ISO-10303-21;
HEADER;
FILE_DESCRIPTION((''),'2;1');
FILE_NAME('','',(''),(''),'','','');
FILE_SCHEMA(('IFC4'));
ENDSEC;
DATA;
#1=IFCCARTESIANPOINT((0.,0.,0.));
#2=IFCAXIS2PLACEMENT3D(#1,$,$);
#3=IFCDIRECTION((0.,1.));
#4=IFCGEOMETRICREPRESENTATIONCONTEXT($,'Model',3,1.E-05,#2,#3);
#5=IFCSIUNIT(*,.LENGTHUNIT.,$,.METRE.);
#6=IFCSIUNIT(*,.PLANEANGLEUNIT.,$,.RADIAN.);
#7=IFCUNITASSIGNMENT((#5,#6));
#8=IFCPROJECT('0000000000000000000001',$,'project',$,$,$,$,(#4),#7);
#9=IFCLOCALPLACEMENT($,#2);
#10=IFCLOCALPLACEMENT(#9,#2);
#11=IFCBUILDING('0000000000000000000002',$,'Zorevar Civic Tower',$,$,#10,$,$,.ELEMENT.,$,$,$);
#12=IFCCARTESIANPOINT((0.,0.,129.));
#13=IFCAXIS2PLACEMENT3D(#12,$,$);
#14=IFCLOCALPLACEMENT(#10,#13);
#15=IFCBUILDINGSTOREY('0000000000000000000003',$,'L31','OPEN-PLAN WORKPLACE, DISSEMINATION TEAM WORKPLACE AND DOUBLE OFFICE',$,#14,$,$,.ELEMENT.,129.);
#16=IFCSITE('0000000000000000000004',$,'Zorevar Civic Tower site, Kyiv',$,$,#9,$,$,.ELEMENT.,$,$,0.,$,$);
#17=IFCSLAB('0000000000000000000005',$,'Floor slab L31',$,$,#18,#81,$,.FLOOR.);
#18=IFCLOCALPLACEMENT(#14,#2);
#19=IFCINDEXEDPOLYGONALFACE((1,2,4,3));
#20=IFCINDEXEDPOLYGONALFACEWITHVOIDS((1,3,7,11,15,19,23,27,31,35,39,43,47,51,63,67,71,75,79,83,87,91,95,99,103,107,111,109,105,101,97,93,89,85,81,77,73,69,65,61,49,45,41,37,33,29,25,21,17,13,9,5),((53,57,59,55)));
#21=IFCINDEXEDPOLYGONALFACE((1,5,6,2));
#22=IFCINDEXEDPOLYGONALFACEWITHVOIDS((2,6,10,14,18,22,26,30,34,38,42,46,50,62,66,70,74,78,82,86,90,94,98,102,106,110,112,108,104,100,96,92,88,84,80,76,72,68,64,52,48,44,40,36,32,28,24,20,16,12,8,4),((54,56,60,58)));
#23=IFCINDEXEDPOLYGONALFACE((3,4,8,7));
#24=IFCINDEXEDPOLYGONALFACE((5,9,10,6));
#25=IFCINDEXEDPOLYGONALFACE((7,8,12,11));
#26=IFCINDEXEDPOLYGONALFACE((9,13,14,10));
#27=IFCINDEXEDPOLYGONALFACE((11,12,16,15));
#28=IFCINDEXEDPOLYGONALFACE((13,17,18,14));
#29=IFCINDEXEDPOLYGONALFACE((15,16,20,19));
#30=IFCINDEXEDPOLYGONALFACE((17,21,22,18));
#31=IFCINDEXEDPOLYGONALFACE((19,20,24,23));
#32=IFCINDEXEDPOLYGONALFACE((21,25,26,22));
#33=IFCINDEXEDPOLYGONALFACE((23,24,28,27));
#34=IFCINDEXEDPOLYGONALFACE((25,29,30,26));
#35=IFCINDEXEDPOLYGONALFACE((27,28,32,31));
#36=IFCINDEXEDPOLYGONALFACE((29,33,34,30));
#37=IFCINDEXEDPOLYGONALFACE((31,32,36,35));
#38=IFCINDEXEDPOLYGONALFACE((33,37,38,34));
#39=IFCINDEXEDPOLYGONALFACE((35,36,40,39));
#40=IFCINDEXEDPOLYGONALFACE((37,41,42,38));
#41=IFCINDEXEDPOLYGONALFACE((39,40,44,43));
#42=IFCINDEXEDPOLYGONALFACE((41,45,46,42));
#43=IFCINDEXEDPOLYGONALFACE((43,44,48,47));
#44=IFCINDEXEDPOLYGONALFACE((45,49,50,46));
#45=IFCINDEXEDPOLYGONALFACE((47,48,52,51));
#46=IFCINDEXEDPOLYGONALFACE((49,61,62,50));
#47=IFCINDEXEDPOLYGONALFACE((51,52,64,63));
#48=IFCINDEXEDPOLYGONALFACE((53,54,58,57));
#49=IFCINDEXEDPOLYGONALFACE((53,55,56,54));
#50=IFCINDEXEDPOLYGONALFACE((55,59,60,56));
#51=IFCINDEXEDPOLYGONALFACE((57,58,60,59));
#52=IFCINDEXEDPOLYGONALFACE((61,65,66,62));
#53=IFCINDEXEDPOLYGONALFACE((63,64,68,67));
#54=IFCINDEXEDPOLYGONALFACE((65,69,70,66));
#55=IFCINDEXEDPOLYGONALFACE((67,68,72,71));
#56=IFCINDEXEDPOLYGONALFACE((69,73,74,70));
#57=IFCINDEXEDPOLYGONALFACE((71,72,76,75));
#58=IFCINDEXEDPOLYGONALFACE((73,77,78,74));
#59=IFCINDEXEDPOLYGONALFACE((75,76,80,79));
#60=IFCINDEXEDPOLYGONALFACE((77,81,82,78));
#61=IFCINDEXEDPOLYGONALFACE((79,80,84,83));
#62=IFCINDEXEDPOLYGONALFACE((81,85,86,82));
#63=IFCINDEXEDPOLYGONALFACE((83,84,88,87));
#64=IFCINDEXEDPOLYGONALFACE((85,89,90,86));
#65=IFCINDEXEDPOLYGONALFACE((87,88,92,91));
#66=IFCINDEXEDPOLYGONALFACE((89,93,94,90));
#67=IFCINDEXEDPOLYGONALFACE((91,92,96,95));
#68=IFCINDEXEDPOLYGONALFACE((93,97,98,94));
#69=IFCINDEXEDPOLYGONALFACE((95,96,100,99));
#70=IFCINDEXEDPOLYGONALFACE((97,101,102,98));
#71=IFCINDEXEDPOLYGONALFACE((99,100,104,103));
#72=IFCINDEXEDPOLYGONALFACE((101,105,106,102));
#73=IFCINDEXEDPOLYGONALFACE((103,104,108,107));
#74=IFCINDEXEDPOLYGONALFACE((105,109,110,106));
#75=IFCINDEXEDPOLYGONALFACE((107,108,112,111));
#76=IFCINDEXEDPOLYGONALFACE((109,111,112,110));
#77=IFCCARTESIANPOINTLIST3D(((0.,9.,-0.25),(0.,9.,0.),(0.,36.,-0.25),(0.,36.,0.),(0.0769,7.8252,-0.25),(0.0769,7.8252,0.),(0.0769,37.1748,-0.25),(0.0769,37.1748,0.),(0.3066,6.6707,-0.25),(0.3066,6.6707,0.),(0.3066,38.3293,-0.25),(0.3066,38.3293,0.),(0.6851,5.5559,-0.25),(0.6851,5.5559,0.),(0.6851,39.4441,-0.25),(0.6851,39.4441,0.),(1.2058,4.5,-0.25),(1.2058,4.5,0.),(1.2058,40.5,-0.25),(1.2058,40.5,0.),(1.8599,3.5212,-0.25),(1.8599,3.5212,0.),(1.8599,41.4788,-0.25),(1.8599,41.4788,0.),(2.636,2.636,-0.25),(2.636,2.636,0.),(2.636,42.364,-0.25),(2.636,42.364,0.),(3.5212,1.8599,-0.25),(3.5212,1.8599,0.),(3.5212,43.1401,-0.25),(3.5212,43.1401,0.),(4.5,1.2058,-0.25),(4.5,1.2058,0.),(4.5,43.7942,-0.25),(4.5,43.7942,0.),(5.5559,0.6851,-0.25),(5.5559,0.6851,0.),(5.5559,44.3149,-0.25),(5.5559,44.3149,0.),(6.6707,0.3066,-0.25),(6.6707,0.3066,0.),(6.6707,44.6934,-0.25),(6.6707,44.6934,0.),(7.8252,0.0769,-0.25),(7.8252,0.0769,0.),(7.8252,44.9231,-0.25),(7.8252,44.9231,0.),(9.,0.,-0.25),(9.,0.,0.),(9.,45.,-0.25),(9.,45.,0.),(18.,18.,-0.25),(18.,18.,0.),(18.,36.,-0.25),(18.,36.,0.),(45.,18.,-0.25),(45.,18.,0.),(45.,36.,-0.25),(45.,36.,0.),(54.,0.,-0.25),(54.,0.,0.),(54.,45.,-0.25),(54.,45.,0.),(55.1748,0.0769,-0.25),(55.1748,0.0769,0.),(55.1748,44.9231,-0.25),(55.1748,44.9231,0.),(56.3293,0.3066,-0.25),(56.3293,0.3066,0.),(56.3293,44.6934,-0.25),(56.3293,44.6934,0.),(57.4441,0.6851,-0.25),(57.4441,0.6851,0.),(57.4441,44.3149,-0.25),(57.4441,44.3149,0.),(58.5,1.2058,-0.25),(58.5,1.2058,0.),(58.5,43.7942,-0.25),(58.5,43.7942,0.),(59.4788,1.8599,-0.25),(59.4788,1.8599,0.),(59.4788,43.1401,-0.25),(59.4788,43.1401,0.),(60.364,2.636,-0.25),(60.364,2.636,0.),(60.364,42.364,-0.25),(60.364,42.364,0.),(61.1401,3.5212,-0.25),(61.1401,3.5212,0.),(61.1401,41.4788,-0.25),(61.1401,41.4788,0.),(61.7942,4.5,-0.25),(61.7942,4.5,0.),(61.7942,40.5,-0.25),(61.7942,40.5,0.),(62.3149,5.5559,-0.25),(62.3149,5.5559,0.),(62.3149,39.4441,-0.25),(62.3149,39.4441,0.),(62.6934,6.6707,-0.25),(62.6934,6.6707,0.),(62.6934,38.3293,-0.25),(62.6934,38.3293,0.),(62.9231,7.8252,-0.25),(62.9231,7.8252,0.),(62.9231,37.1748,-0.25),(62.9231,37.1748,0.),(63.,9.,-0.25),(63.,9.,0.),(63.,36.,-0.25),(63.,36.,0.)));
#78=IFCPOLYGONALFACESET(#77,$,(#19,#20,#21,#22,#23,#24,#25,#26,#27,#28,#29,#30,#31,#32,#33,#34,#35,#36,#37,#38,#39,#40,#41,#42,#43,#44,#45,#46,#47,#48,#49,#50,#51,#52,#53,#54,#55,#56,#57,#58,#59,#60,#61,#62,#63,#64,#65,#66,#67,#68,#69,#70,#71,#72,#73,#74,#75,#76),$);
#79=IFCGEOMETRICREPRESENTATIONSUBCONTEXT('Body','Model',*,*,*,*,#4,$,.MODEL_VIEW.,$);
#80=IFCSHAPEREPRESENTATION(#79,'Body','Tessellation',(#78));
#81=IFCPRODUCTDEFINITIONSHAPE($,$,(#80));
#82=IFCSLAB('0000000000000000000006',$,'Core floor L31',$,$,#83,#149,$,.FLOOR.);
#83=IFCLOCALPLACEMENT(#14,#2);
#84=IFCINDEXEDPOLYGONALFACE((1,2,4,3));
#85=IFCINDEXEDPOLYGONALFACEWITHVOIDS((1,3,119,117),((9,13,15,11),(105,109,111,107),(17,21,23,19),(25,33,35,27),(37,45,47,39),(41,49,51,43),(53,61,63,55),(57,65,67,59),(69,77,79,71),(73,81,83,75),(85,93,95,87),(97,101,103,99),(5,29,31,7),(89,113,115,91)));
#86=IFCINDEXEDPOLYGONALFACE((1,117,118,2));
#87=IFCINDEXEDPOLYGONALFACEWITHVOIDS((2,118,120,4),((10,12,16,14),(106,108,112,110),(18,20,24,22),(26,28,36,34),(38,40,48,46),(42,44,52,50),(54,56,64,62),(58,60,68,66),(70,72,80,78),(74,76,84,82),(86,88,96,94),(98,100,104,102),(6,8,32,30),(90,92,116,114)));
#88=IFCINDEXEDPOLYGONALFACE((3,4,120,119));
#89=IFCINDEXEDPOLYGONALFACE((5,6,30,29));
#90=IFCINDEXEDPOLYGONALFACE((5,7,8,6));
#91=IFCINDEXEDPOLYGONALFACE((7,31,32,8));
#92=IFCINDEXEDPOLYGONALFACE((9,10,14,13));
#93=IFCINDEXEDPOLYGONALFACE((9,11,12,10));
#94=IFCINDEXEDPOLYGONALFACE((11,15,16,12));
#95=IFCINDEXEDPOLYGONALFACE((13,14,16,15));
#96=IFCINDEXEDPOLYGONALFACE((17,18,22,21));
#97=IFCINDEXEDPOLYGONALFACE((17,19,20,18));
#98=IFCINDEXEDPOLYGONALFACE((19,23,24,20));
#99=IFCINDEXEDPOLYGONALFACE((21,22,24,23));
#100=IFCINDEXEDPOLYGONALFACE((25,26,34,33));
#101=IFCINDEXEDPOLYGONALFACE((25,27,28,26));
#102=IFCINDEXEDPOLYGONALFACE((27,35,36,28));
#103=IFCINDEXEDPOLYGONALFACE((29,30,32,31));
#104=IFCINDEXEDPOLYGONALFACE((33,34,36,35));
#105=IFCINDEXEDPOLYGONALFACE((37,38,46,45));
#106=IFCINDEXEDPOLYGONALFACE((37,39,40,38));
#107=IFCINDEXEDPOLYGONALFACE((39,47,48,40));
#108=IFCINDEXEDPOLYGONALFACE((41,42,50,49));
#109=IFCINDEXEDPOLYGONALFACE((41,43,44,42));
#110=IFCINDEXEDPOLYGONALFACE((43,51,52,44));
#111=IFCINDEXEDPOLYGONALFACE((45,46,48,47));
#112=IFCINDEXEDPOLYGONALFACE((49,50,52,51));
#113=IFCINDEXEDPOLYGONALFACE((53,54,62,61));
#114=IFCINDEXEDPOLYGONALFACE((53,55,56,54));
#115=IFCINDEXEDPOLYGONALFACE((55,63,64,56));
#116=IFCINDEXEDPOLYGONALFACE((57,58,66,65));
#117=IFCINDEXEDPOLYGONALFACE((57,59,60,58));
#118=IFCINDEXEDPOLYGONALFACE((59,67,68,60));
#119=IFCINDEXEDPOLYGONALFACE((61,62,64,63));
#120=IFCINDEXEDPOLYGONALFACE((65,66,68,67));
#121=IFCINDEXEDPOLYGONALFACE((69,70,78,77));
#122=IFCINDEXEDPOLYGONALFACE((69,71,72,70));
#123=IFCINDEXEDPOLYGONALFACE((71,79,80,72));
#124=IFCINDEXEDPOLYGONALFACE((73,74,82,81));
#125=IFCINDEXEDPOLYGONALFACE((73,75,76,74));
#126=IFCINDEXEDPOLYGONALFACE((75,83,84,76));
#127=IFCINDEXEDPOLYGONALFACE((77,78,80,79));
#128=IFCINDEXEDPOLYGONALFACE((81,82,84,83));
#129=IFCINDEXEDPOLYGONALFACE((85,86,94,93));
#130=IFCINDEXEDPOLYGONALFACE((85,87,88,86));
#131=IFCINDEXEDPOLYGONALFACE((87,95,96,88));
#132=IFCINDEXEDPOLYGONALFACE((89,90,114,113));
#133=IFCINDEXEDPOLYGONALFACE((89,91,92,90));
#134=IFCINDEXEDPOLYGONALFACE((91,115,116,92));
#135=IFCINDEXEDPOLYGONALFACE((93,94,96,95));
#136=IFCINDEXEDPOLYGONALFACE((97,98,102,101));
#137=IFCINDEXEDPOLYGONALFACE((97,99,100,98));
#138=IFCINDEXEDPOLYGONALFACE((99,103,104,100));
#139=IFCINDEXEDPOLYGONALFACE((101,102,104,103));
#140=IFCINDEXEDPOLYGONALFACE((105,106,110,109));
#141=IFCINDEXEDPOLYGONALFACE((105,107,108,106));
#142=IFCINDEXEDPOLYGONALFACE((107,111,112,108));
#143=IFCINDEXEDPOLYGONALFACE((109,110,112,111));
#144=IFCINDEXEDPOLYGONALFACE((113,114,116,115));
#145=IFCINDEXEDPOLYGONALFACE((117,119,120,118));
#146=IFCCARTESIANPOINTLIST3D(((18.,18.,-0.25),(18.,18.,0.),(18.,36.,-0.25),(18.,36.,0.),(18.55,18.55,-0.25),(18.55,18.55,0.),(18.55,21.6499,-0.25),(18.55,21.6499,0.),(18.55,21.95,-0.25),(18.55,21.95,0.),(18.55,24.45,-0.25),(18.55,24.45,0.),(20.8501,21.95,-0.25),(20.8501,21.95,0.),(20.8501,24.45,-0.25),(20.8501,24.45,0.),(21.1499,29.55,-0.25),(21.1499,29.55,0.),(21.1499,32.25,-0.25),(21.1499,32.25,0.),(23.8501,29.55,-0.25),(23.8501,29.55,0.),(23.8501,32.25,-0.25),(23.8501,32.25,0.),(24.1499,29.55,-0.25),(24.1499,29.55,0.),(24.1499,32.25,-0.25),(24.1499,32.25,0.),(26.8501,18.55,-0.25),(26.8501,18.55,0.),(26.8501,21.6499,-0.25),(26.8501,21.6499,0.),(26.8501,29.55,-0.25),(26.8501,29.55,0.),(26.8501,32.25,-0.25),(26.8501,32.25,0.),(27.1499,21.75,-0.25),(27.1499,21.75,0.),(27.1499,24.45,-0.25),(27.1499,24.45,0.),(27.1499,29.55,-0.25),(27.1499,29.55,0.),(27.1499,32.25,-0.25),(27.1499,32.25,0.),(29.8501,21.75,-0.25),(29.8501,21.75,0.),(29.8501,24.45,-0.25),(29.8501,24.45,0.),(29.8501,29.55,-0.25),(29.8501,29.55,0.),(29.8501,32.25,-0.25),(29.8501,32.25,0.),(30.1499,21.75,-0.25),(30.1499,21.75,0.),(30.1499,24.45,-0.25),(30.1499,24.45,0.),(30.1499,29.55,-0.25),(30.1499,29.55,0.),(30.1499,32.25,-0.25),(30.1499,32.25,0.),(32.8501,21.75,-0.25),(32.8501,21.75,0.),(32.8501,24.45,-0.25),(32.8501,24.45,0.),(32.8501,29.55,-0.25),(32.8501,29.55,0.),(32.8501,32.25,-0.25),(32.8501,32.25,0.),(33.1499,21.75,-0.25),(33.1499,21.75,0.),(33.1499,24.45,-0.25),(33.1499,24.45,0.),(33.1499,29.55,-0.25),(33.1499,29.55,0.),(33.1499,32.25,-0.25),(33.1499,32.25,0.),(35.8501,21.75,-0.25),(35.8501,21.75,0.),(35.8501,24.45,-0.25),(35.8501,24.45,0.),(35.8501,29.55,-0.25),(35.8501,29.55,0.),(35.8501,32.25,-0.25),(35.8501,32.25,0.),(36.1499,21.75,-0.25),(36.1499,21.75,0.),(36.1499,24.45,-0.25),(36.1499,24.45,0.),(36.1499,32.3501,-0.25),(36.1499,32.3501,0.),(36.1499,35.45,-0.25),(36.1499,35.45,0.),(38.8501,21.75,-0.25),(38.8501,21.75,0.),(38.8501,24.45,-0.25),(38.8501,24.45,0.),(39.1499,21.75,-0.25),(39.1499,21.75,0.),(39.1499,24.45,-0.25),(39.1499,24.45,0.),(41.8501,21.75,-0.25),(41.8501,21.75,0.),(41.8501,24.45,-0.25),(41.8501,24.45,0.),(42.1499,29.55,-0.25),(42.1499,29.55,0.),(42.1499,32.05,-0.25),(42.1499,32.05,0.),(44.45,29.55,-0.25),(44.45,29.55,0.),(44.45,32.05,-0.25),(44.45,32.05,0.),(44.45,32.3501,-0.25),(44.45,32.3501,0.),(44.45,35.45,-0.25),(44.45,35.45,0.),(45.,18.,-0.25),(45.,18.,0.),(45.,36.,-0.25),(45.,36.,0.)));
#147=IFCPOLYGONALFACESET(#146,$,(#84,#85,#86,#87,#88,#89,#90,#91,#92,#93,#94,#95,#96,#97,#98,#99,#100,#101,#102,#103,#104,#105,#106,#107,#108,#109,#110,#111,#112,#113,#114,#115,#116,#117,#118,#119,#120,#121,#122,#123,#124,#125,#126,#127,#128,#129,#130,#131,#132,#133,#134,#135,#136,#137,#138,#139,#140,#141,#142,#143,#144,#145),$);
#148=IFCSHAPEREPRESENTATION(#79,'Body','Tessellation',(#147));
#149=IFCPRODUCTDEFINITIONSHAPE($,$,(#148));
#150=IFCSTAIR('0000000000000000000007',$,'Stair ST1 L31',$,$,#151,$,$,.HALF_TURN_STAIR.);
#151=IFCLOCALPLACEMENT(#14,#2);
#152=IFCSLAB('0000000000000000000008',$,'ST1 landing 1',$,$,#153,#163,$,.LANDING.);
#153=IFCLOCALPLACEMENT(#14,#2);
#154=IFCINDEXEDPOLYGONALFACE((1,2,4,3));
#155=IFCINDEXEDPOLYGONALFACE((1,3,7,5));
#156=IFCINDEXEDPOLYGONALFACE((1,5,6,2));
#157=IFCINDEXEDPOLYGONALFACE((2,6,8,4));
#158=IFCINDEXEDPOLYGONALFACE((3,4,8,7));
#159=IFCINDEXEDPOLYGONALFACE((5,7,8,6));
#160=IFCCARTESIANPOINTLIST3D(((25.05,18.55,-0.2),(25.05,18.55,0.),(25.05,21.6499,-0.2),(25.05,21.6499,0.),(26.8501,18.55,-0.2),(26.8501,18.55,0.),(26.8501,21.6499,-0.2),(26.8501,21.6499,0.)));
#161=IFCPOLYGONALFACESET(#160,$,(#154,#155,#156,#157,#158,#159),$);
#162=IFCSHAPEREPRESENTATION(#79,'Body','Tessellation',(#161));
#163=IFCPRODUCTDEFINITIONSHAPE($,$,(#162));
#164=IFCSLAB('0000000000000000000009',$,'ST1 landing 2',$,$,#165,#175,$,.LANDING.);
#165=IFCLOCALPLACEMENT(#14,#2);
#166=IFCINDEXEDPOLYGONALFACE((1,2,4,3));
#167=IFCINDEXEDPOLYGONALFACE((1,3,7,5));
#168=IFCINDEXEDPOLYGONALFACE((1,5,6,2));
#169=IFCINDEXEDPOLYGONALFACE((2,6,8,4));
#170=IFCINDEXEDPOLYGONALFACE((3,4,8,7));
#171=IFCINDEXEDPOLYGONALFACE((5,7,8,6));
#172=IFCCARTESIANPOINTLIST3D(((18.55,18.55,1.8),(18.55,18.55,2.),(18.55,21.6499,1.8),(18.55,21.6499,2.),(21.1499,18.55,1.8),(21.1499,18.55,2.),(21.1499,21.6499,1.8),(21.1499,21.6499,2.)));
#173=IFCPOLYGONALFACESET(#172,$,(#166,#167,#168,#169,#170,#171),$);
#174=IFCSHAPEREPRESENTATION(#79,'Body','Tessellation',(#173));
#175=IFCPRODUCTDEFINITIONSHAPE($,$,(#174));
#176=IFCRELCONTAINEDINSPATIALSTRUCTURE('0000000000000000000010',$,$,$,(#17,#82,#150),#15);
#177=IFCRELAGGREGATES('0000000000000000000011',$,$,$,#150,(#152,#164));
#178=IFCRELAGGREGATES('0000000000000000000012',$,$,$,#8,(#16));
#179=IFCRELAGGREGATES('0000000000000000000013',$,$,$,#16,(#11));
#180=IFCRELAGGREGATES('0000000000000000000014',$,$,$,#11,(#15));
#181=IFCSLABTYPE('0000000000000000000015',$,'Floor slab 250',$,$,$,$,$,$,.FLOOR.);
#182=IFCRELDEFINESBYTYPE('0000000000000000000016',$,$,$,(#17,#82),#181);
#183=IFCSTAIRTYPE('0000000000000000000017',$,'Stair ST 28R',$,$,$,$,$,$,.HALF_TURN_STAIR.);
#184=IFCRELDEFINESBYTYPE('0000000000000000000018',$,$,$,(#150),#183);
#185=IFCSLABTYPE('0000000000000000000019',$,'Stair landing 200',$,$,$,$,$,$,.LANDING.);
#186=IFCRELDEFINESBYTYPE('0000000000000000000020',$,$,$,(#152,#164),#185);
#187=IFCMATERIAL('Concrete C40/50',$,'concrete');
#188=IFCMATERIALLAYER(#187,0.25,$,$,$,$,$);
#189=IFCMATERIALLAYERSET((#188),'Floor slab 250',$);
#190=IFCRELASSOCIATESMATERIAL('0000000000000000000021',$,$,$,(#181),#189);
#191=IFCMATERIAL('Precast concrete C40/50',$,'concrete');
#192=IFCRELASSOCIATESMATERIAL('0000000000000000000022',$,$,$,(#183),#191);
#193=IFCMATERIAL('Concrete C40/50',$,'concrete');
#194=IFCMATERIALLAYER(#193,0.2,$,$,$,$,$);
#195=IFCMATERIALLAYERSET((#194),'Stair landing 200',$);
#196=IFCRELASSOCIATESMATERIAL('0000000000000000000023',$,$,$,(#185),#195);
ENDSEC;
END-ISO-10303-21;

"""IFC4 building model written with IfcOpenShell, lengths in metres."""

from ifc_helpers import new_model, si_unit, direction, frame, origin, place, context, subcontext, project, spatial, polyline, outline, extrude, material, layer, layer_set, type_object, element, aggregate, save


model = new_model("IFC4")

# Units and contexts
model_context = context("Model", 3, precision=1e-05, world=origin(), true_north=direction((0.0, 1.0)))
body_context = subcontext(model_context, "Body", "Model", "MODEL_VIEW")
ifc_project = project(units=[si_unit("LENGTHUNIT", "METRE"), si_unit("PLANEANGLEUNIT", "RADIAN")], contexts=[model_context])

# Site, building, storey
site_placement = place(None, origin())
site = spatial("IfcSite", under=ifc_project, at=site_placement, Name="Zorevar Civic Tower site, Kyiv", CompositionType="ELEMENT", RefElevation=0.0)
building_placement = place(site_placement, origin())
building = spatial("IfcBuilding", under=site, at=building_placement, Name="Zorevar Civic Tower", CompositionType="ELEMENT")
storey_placement = place(building_placement, frame((0.0, 0.0, 129.0)))
storey = spatial("IfcBuildingStorey", under=building, at=storey_placement, Name="L31", Description="OPEN-PLAN WORKPLACE, DISSEMINATION TEAM WORKPLACE AND DOUBLE OFFICE", CompositionType="ELEMENT", Elevation=129.0)

# Slabs
ifc_material_1 = material(Name="Concrete C40/50", Category="concrete")
ifc_layer_1 = layer(ifc_material_1, 0.25)
ifc_layer_set_1 = layer_set([ifc_layer_1], Name="Floor slab 250")
slab_type_1 = type_object("IfcSlabType", Name="Floor slab 250", PredefinedType="FLOOR", material=ifc_layer_set_1)
slab_1_placement = place(storey_placement, frame((0.0, 0.0, -0.25)))
element("IfcSlab", 1, at=slab_1_placement, inside=storey, type_object=slab_type_1, Name="Floor slab L31", PredefinedType="FLOOR", context=body_context, shape_type="SweptSolid", body=[
    extrude(outline(polyline([(54.0, 0.0), (55.1748, 0.0769), (56.3293, 0.3066), (57.4441, 0.6851), (58.5, 1.2058), (59.4788, 1.8599), (60.364, 2.636), (61.1401, 3.5212), (61.7942, 4.5), (62.3149, 5.5559), (62.6934, 6.6707), (62.9231, 7.8252), (63.0, 9.0), (63.0, 36.0), (62.9231, 37.1748), (62.6934, 38.3293), (62.3149, 39.4441), (61.7942, 40.5), (61.1401, 41.4788), (60.364, 42.364), (59.4788, 43.1401), (58.5, 43.7942), (57.4441, 44.3149), (56.3293, 44.6934), (55.1748, 44.9231), (54.0, 45.0), (9.0, 45.0), (7.8252, 44.9231), (6.6707, 44.6934), (5.5559, 44.3149), (4.5, 43.7942), (3.5212, 43.1401), (2.636, 42.364), (1.8599, 41.4788), (1.2058, 40.5), (0.6851, 39.4441), (0.3066, 38.3293), (0.0769, 37.1748), (0.0, 36.0), (0.0, 9.0), (0.0769, 7.8252), (0.3066, 6.6707), (0.6851, 5.5559), (1.2058, 4.5), (1.8599, 3.5212), (2.636, 2.636), (3.5212, 1.8599), (4.5, 1.2058), (5.5559, 0.6851), (6.6707, 0.3066), (7.8252, 0.0769), (9.0, 0.0), (54.0, 0.0)]), holes=[polyline([(18.0, 18.0), (45.0, 18.0), (45.0, 36.0), (18.0, 36.0), (18.0, 18.0)])]), origin(), (0.0, 0.0, 1.0), 0.25),
])
slab_2_placement = place(storey_placement, frame((0.0, 0.0, -0.25)))
element("IfcSlab", 2, at=slab_2_placement, inside=storey, type_object=slab_type_1, Name="Core floor L31", PredefinedType="FLOOR", context=body_context, shape_type="SweptSolid", body=[
    extrude(outline(polyline([(18.0, 18.0), (45.0, 18.0), (45.0, 36.0), (18.0, 36.0), (18.0, 18.0)]), holes=[polyline([(18.55, 18.55), (26.8501, 18.55), (26.8501, 21.6499), (18.55, 21.6499), (18.55, 18.55)]), polyline([(36.1499, 32.3501), (44.45, 32.3501), (44.45, 35.45), (36.1499, 35.45), (36.1499, 32.3501)]), polyline([(18.55, 21.95), (20.8501, 21.95), (20.8501, 24.45), (18.55, 24.45), (18.55, 21.95)]), polyline([(42.1499, 29.55), (44.45, 29.55), (44.45, 32.05), (42.1499, 32.05), (42.1499, 29.55)]), polyline([(27.1499, 21.75), (29.8501, 21.75), (29.8501, 24.45), (27.1499, 24.45), (27.1499, 21.75)]), polyline([(33.1499, 29.55), (35.8501, 29.55), (35.8501, 32.25), (33.1499, 32.25), (33.1499, 29.55)]), polyline([(30.1499, 21.75), (32.8501, 21.75), (32.8501, 24.45), (30.1499, 24.45), (30.1499, 21.75)]), polyline([(30.1499, 29.55), (32.8501, 29.55), (32.8501, 32.25), (30.1499, 32.25), (30.1499, 29.55)]), polyline([(33.1499, 21.75), (35.8501, 21.75), (35.8501, 24.45), (33.1499, 24.45), (33.1499, 21.75)]), polyline([(27.1499, 29.55), (29.8501, 29.55), (29.8501, 32.25), (27.1499, 32.25), (27.1499, 29.55)]), polyline([(36.1499, 21.75), (38.8501, 21.75), (38.8501, 24.45), (36.1499, 24.45), (36.1499, 21.75)]), polyline([(24.1499, 29.55), (26.8501, 29.55), (26.8501, 32.25), (24.1499, 32.25), (24.1499, 29.55)]), polyline([(39.1499, 21.75), (41.8501, 21.75), (41.8501, 24.45), (39.1499, 24.45), (39.1499, 21.75)]), polyline([(21.1499, 29.55), (23.8501, 29.55), (23.8501, 32.25), (21.1499, 32.25), (21.1499, 29.55)])]), origin(), (0.0, 0.0, 1.0), 0.25),
])

# Stair, slabs
ifc_material_2 = material(Name="Precast concrete C40/50", Category="concrete")
stair_type = type_object("IfcStairType", Name="Stair ST 28R", PredefinedType="HALF_TURN_STAIR", material=ifc_material_2)
stair_1_placement = place(storey_placement, origin())
stair_1 = element("IfcStair", 3, at=stair_1_placement, inside=storey, type_object=stair_type, Name="Stair ST1 L31", PredefinedType="HALF_TURN_STAIR")
ifc_material_3 = material(Name="Concrete C40/50", Category="concrete")
ifc_layer_2 = layer(ifc_material_3, 0.2)
ifc_layer_set_2 = layer_set([ifc_layer_2], Name="Stair landing 200")
slab_type_2 = type_object("IfcSlabType", Name="Stair landing 200", PredefinedType="LANDING", material=ifc_layer_set_2)
slab_3_placement = place(storey_placement, frame((0.0, 0.0, -0.2)))
slab_3 = element("IfcSlab", 4, at=slab_3_placement, type_object=slab_type_2, Name="ST1 landing 1", PredefinedType="LANDING", context=body_context, shape_type="SweptSolid", body=[
    extrude(outline(polyline([(25.05, 18.55), (26.8501, 18.55), (26.8501, 21.6499), (25.05, 21.6499), (25.05, 18.55)])), origin(), (0.0, 0.0, 1.0), 0.2),
])
slab_4_placement = place(storey_placement, frame((0.0, 0.0, 1.8)))
slab_4 = element("IfcSlab", 5, at=slab_4_placement, type_object=slab_type_2, Name="ST1 landing 2", PredefinedType="LANDING", context=body_context, shape_type="SweptSolid", body=[
    extrude(outline(polyline([(18.55, 18.55), (21.1499, 18.55), (21.1499, 21.6499), (18.55, 21.6499), (18.55, 18.55)])), origin(), (0.0, 0.0, 1.0), 0.2),
])
aggregate(stair_1, [slab_3, slab_4])

save(model, "model.ifc")
